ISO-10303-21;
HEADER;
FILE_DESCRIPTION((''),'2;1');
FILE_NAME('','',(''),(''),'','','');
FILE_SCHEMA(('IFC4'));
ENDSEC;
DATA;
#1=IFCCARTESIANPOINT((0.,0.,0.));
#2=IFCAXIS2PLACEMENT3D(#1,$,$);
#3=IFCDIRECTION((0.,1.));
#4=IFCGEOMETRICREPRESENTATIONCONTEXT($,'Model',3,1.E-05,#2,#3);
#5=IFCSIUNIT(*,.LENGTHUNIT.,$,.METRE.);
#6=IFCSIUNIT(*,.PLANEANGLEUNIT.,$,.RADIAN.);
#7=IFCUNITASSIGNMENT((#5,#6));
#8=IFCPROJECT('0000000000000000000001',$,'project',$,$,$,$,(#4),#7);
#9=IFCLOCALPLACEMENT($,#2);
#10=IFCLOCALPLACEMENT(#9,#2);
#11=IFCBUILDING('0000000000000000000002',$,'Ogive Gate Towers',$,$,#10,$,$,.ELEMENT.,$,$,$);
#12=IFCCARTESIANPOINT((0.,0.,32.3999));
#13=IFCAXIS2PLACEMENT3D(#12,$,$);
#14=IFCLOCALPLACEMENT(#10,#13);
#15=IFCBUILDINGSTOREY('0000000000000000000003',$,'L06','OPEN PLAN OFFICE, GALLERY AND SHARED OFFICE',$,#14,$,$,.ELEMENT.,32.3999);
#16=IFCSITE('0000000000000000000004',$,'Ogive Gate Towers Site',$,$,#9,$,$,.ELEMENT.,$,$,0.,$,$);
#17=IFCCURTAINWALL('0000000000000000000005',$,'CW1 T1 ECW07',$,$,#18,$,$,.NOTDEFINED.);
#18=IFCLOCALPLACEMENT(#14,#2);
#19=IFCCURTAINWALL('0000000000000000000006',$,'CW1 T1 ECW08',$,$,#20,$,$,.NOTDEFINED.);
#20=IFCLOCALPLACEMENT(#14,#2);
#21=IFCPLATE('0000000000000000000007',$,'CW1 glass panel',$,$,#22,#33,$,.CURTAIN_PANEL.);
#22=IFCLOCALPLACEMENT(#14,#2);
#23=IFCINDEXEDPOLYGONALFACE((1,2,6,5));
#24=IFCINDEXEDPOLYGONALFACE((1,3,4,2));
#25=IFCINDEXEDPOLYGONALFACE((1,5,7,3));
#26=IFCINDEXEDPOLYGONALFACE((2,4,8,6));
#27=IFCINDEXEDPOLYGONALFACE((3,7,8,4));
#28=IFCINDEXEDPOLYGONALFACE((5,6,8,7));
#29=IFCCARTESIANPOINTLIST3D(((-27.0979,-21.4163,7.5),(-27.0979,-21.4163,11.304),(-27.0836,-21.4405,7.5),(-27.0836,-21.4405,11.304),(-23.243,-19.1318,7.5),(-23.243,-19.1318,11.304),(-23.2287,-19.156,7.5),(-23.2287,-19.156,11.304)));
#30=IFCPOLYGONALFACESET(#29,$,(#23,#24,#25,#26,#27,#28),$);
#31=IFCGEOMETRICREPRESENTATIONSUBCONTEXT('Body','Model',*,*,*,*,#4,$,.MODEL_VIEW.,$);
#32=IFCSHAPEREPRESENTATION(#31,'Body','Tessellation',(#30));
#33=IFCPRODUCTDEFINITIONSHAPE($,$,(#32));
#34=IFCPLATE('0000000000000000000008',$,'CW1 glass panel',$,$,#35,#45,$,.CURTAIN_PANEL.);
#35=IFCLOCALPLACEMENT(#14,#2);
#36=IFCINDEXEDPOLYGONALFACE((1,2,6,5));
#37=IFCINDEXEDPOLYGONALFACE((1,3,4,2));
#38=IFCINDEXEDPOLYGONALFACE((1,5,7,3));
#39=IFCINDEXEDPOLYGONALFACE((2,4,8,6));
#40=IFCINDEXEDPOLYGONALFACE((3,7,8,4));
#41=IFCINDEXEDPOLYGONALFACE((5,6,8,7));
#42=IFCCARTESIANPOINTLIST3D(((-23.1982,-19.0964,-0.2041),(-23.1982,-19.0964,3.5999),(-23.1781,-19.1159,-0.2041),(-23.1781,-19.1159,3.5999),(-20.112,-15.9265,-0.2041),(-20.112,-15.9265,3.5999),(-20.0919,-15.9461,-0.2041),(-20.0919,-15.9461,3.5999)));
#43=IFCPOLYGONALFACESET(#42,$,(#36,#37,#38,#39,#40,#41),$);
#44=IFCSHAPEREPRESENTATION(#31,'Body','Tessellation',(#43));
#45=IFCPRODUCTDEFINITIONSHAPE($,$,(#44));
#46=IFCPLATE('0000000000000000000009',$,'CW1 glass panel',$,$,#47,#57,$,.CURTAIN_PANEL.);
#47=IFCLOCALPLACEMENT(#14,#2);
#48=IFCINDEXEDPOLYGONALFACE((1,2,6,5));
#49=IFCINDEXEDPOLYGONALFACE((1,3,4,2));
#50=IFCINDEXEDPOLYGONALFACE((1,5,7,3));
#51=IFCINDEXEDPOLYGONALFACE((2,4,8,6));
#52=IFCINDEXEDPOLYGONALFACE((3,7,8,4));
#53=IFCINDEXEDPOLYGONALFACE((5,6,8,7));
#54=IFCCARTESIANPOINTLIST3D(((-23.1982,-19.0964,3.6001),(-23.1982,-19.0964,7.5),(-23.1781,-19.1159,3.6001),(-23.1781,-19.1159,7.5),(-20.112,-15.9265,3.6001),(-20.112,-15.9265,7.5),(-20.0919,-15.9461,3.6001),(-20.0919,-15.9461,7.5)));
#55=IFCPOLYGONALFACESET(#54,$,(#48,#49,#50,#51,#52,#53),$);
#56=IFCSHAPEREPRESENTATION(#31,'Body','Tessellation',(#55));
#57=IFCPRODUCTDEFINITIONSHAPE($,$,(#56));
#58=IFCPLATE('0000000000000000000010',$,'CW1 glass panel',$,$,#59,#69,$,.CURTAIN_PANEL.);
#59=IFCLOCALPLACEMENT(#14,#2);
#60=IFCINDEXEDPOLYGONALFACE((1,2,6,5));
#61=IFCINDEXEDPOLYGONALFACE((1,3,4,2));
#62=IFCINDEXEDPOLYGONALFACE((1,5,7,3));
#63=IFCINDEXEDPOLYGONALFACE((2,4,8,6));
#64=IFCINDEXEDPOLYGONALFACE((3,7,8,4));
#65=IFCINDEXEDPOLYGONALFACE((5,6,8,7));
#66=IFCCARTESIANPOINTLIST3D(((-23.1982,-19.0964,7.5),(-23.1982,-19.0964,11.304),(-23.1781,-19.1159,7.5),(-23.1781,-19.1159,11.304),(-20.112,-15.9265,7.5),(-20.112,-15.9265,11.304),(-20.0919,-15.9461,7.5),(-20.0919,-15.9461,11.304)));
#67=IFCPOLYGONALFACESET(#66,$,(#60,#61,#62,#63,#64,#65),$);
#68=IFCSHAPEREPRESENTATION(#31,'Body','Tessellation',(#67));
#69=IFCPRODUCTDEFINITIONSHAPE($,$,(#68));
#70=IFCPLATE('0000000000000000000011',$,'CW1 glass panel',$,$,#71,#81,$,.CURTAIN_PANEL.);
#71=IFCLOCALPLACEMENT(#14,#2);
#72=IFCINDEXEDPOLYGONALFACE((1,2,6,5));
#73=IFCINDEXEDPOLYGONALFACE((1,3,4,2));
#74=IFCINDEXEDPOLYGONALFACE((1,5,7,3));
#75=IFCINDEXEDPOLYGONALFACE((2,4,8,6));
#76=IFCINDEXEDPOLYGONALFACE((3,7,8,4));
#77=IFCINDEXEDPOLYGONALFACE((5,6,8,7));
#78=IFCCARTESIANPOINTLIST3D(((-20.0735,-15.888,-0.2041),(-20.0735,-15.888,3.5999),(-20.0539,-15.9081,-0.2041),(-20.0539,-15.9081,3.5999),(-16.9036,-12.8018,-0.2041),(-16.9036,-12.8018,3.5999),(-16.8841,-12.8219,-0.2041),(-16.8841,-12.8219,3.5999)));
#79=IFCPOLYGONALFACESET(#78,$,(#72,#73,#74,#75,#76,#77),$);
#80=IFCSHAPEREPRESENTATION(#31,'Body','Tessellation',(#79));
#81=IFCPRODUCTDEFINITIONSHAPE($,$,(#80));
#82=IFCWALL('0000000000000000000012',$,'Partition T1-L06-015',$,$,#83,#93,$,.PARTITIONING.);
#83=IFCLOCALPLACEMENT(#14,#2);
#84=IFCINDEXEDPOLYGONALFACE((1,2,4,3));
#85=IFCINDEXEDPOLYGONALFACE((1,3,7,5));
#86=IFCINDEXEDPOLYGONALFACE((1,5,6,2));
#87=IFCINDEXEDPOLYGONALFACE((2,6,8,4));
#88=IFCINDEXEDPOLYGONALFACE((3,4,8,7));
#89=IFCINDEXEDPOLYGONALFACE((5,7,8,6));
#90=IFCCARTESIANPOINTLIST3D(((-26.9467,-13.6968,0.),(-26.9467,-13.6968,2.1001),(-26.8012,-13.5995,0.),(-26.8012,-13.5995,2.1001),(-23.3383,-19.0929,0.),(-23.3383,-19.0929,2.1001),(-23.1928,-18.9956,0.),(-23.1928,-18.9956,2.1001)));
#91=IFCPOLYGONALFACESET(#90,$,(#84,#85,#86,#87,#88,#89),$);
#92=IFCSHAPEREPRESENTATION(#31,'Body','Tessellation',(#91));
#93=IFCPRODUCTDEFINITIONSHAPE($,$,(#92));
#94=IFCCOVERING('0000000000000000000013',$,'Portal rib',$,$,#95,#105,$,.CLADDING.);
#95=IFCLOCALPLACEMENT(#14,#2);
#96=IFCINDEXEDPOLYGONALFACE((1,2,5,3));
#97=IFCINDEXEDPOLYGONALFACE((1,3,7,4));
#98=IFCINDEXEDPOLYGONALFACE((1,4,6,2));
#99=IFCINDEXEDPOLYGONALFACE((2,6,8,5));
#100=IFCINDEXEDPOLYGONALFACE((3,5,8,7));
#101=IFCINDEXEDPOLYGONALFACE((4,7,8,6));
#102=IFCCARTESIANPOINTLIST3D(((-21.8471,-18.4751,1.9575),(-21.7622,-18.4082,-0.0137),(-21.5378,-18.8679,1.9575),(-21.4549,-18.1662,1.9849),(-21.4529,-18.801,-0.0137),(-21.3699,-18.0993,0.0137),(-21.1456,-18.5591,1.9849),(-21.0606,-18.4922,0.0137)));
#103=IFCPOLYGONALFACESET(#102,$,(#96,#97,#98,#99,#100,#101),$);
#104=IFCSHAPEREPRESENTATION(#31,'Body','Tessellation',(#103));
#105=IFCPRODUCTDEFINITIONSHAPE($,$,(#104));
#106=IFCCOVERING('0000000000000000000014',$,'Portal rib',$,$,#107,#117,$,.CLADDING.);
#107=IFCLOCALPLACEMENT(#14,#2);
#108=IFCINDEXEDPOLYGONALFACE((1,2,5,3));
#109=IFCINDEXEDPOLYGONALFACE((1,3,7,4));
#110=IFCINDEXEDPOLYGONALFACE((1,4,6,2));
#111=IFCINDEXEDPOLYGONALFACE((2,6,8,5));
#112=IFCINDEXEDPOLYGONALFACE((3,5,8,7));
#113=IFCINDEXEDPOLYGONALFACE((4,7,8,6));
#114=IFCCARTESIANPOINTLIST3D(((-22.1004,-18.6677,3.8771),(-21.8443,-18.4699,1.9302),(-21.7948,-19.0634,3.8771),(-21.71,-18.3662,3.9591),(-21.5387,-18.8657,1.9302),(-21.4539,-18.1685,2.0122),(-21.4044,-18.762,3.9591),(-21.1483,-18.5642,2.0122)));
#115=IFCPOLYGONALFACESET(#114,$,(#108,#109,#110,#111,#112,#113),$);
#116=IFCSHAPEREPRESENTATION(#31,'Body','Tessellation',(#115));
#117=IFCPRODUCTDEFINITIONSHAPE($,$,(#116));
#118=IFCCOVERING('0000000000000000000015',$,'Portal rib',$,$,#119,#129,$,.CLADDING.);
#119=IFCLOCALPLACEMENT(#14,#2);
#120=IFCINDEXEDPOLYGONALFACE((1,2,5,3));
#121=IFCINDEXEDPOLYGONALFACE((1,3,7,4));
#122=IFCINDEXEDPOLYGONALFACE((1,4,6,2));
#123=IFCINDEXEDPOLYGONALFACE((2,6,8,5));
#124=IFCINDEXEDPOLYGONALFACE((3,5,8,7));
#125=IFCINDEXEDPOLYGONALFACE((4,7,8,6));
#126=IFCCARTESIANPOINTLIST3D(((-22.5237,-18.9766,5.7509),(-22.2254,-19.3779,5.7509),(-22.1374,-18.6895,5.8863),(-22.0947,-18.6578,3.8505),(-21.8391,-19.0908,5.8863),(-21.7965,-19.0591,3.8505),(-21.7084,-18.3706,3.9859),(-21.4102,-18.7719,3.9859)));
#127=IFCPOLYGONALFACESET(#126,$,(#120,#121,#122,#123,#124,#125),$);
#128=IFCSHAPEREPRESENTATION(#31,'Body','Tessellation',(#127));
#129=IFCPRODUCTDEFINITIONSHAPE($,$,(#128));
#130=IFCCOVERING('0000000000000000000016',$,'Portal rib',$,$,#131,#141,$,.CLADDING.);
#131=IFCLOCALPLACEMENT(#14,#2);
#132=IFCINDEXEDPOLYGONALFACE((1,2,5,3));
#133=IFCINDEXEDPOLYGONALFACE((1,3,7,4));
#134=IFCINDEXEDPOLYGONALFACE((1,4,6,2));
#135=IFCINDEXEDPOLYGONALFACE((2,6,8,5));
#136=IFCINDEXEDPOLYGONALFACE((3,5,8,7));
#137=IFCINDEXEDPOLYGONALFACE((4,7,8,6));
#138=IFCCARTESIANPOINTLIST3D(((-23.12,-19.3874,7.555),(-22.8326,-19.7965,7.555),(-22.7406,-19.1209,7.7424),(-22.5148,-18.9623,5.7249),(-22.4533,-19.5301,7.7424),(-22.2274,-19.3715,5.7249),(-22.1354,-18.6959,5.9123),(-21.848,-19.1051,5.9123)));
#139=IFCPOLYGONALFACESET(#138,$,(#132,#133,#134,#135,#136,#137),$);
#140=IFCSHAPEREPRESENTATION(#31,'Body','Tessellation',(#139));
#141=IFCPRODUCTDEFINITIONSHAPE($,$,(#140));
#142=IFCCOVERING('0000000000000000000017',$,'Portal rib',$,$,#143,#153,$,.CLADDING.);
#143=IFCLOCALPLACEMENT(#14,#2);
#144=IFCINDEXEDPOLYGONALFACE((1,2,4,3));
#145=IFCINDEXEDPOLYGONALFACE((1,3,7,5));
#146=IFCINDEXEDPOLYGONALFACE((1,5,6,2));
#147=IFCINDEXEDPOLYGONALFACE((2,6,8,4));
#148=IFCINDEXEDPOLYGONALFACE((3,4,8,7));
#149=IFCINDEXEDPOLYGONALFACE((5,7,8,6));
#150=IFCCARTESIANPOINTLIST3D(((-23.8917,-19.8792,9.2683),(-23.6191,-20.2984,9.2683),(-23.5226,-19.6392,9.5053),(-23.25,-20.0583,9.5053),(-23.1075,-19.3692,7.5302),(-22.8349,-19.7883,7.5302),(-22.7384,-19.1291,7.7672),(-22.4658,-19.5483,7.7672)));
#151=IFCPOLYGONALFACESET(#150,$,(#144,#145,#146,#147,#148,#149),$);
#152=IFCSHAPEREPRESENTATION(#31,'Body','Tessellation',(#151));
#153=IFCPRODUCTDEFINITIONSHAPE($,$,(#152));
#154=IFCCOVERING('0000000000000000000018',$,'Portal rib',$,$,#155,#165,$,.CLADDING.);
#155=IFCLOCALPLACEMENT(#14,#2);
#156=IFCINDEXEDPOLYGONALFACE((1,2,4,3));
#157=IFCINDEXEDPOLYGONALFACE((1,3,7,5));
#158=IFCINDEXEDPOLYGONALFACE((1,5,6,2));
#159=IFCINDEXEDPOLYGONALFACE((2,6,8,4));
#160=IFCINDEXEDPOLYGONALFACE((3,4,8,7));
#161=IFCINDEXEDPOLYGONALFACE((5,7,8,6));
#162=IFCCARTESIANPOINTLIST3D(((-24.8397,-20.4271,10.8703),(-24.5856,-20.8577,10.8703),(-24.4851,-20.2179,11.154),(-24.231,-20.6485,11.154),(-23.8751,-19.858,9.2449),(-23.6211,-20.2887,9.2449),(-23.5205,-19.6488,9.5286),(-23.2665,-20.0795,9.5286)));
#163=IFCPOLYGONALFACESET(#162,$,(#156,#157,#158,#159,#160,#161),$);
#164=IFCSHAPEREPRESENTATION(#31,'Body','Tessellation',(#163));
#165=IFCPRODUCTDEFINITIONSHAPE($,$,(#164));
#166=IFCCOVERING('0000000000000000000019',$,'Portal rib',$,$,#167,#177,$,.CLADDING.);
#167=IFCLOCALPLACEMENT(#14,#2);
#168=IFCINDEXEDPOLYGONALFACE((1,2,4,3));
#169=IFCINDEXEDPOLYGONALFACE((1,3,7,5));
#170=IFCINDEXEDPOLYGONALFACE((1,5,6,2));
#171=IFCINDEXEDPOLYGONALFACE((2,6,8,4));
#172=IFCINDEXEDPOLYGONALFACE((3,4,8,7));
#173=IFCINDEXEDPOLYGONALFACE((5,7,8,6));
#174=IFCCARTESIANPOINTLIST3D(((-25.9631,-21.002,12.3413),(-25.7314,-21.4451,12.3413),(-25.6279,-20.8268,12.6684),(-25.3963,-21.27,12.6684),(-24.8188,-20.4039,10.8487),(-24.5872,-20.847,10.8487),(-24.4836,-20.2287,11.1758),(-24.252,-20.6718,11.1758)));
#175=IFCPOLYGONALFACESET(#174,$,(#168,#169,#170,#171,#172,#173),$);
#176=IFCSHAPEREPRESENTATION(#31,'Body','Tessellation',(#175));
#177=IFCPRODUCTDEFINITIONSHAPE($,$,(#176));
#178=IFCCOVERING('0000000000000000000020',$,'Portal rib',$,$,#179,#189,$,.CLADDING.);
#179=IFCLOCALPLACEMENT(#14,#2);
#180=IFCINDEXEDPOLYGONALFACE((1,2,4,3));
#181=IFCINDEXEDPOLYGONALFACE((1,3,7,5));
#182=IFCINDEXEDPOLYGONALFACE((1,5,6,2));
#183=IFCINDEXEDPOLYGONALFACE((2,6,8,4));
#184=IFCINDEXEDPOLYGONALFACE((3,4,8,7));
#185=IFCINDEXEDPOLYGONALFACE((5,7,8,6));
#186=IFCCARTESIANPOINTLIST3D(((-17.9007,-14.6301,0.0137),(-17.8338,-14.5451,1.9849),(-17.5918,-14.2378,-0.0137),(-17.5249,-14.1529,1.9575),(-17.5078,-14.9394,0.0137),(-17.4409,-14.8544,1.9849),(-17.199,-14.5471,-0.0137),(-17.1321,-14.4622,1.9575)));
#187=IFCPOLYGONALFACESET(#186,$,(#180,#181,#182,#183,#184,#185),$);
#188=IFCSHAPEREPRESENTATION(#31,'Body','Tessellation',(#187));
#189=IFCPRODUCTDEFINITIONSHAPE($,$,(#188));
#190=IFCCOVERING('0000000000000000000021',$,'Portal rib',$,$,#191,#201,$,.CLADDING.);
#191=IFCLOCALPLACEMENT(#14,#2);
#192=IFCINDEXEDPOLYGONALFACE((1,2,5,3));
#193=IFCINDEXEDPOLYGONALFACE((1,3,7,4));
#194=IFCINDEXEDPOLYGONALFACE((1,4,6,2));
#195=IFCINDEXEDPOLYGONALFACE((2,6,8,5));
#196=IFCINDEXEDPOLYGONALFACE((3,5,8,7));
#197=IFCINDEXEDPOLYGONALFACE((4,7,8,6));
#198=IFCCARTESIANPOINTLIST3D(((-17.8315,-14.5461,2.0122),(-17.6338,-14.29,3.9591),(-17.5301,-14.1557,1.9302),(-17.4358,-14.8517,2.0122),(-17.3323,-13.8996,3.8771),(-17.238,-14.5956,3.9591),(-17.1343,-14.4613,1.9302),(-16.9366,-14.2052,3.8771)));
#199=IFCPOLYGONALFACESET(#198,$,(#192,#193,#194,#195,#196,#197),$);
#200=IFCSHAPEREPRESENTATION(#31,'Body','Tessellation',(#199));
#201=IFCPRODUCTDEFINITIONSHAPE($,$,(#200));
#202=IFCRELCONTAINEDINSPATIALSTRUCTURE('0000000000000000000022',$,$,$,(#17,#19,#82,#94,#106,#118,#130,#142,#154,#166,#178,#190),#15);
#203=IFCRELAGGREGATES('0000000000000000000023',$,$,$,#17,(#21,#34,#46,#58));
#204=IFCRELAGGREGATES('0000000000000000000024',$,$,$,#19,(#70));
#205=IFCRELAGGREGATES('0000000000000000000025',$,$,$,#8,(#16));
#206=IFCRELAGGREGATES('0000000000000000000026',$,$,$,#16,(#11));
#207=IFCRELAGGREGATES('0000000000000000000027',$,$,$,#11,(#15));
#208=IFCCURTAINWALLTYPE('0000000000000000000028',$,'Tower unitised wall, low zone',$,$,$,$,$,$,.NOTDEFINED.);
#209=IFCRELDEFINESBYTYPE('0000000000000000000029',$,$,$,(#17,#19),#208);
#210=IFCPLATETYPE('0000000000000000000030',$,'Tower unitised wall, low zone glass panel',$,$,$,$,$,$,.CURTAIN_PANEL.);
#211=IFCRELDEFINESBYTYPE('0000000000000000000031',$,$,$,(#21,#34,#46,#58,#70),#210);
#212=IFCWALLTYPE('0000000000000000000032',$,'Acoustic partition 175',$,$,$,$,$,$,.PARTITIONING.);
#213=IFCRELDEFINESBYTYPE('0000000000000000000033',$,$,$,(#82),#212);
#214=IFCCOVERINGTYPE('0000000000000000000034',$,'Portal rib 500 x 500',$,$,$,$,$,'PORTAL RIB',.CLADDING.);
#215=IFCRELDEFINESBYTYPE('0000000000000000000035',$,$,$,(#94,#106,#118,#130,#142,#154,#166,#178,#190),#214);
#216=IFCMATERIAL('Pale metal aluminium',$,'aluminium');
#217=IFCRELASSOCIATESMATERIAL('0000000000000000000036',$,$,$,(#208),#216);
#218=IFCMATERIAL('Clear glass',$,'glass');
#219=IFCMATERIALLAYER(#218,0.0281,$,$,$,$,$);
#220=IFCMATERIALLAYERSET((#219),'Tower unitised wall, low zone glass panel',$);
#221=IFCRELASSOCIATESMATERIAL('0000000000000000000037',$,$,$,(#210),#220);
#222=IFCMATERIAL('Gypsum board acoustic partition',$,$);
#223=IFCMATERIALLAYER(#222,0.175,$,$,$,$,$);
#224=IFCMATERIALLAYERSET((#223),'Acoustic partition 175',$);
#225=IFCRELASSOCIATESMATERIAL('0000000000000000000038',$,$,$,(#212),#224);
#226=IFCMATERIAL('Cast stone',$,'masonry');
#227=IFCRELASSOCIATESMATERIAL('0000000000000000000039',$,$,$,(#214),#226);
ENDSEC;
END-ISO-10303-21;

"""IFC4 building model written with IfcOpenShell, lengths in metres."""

from ifc_helpers import new_model, si_unit, direction, frame, frame_2d, origin, origin_2d, place, context, subcontext, project, spatial, rectangle, extrude, material, layer, layer_set, material_profile, profile_set, type_object, element, aggregate, save


model = new_model("IFC4")

# Units and contexts
model_context = context("Model", 3, precision=1e-05, world=origin(), true_north=direction((0.0, 1.0)))
body_context = subcontext(model_context, "Body", "Model", "MODEL_VIEW")
ifc_project = project(units=[si_unit("LENGTHUNIT", "METRE"), si_unit("PLANEANGLEUNIT", "RADIAN")], contexts=[model_context])

# Site, building, storey
site_placement = place(None, origin())
site = spatial("IfcSite", under=ifc_project, at=site_placement, Name="Ogive Gate Towers Site", CompositionType="ELEMENT", RefElevation=0.0)
building_placement = place(site_placement, origin())
building = spatial("IfcBuilding", under=site, at=building_placement, Name="Ogive Gate Towers", CompositionType="ELEMENT")
storey_placement = place(building_placement, frame((0.0, 0.0, 32.3999)))
storey = spatial("IfcBuildingStorey", under=building, at=storey_placement, Name="L06", Description="OPEN PLAN OFFICE, GALLERY AND SHARED OFFICE", CompositionType="ELEMENT", Elevation=32.3999)

# Curtain walls
ifc_material_1 = material(Name="Pale metal aluminium", Category="aluminium")
curtain_wall_type = type_object("IfcCurtainWallType", Name="Tower unitised wall, low zone", PredefinedType="NOTDEFINED", material=ifc_material_1)
curtain_wall_1_placement = place(storey_placement, origin())
curtain_wall_1 = element("IfcCurtainWall", 1, at=curtain_wall_1_placement, inside=storey, type_object=curtain_wall_type, Name="CW1 T1 ECW07", PredefinedType="NOTDEFINED")
curtain_wall_2_placement = place(storey_placement, origin())
curtain_wall_2 = element("IfcCurtainWall", 2, at=curtain_wall_2_placement, inside=storey, type_object=curtain_wall_type, Name="CW1 T1 ECW08", PredefinedType="NOTDEFINED")

# Plates
ifc_material_2 = material(Name="Clear glass", Category="glass")
ifc_layer_1 = layer(ifc_material_2, 0.0281)
ifc_layer_set_1 = layer_set([ifc_layer_1], Name="Tower unitised wall, low zone glass panel")
plate_type = type_object("IfcPlateType", Name="Tower unitised wall, low zone glass panel", PredefinedType="CURTAIN_PANEL", material=ifc_layer_set_1)
plate_1_placement = place(storey_placement, frame((-25.1633, -20.2861, 7.5), z_axis=(0.0, 0.0, 1.0), x_axis=(0.86028, 0.509822, 0.0)))
plate_1 = element("IfcPlate", 3, at=plate_1_placement, type_object=plate_type, Name="CW1 glass panel", PredefinedType="CURTAIN_PANEL", context=body_context, shape_type="SweptSolid", body=[
    extrude(rectangle(XDim=4.481, YDim=0.0281, at=origin_2d()), origin(), (0.0, 0.0, 1.0), 3.804),
])
plate_2_placement = place(storey_placement, frame((-21.645, -17.5212, -0.2041), z_axis=(0.0, 0.0, 1.0), x_axis=(0.69759, 0.716497, 0.0)))
plate_2 = element("IfcPlate", 4, at=plate_2_placement, type_object=plate_type, Name="CW1 glass panel", PredefinedType="CURTAIN_PANEL", context=body_context, shape_type="SweptSolid", body=[
    extrude(rectangle(XDim=4.4241, YDim=0.0281, at=origin_2d()), origin(), (0.0, 0.0, 1.0), 3.804),
])
plate_3_placement = place(storey_placement, frame((-21.645, -17.5212, 3.6001), z_axis=(0.0, 0.0, 1.0), x_axis=(0.69759, 0.716497, 0.0)))
plate_3 = element("IfcPlate", 5, at=plate_3_placement, type_object=plate_type, Name="CW1 glass panel", PredefinedType="CURTAIN_PANEL", context=body_context, shape_type="SweptSolid", body=[
    extrude(rectangle(XDim=4.4241, YDim=0.0281, at=origin_2d()), origin(), (0.0, 0.0, 1.0), 3.8999),
])
plate_4_placement = place(storey_placement, frame((-21.645, -17.5212, 7.5), z_axis=(0.0, 0.0, 1.0), x_axis=(0.69759, 0.716497, 0.0)))
plate_4 = element("IfcPlate", 6, at=plate_4_placement, type_object=plate_type, Name="CW1 glass panel", PredefinedType="CURTAIN_PANEL", context=body_context, shape_type="SweptSolid", body=[
    extrude(rectangle(XDim=4.4241, YDim=0.0281, at=origin_2d()), origin(), (0.0, 0.0, 1.0), 3.804),
])
aggregate(curtain_wall_1, [plate_1, plate_2, plate_3, plate_4])
plate_5_placement = place(storey_placement, frame((-18.4788, -14.355, -0.2041), z_axis=(0.0, 0.0, 1.0), x_axis=(0.716497, 0.69759, 0.0)))
plate_5 = element("IfcPlate", 7, at=plate_5_placement, type_object=plate_type, Name="CW1 glass panel", PredefinedType="CURTAIN_PANEL", context=body_context, shape_type="SweptSolid", body=[
    extrude(rectangle(XDim=4.4241, YDim=0.0281, at=origin_2d()), origin(), (0.0, 0.0, 1.0), 3.804),
])
aggregate(curtain_wall_2, [plate_5])

# Wall
ifc_material_3 = material(Name="Gypsum board acoustic partition")
ifc_layer_2 = layer(ifc_material_3, 0.175)
ifc_layer_set_2 = layer_set([ifc_layer_2], Name="Acoustic partition 175")
wall_type = type_object("IfcWallType", Name="Acoustic partition 175", PredefinedType="PARTITIONING", material=ifc_layer_set_2)
wall_placement = place(storey_placement, frame((-23.2656, -19.0442, 0.0), z_axis=(0.0, 0.0, 1.0), x_axis=(-0.555863, 0.831274, 0.0)))
element("IfcWall", 8, at=wall_placement, inside=storey, type_object=wall_type, Name="Partition T1-L06-015", PredefinedType="PARTITIONING", context=body_context, shape_type="SweptSolid", body=[
    extrude(rectangle(XDim=6.4915, YDim=0.175, at=frame_2d((3.2456, 0.0))), origin(), (0.0, 0.0, 1.0), 2.1001),
])

# Coverings
ifc_material_4 = material(Name="Cast stone", Category="masonry")
ifc_material_profile_1 = material_profile(ifc_material_4, rectangle(XDim=0.5, YDim=0.5, at=origin_2d()), Name="500 x 500 cast stone")
ifc_profile_set_1 = profile_set([ifc_material_profile_1], Name="Cast stone")
covering_type = type_object("IfcCoveringType", Name="Portal rib 500 x 500", ElementType="PORTAL RIB", PredefinedType="CLADDING", material=ifc_profile_set_1)
covering_1_placement = place(storey_placement, frame((-21.4114, -18.4502, 0.0), z_axis=(-0.043037, -0.033885, 0.998499), x_axis=(0.618619, -0.785691, 0.0)))
element("IfcCovering", 9, at=covering_1_placement, inside=storey, type_object=covering_type, Name="Portal rib", PredefinedType="CLADDING", context=body_context, shape_type="SweptSolid", body=[
    extrude(rectangle(XDim=0.5, YDim=0.5, at=origin_2d()), origin(), (0.0, 0.0, 1.0), 1.9741),
])
covering_2_placement = place(storey_placement, frame((-21.4963, -18.5171, 1.9712), z_axis=(-0.129756, -0.100193, 0.986471), x_axis=(0.611168, -0.791501, 0.0)))
element("IfcCovering", 10, at=covering_2_placement, inside=storey, type_object=covering_type, Name="Portal rib", PredefinedType="CLADDING", context=body_context, shape_type="SweptSolid", body=[
    extrude(rectangle(XDim=0.5, YDim=0.5, at=origin_2d()), origin(), (0.0, 0.0, 1.0), 1.9736),
])
covering_3_placement = place(storey_placement, frame((-21.7524, -18.7148, 3.9182), z_axis=(-0.217289, -0.161514, 0.962652), x_axis=(0.596559, -0.802569, 0.0)))
element("IfcCovering", 11, at=covering_3_placement, inside=storey, type_object=covering_type, Name="Portal rib", PredefinedType="CLADDING", context=body_context, shape_type="SweptSolid", body=[
    extrude(rectangle(XDim=0.5, YDim=0.5, at=origin_2d()), origin(), (0.0, 0.0, 1.0), 1.9741),
])
for number, where, z_axis, x_axis, name in (
    (12, (-22.1814, -19.0337, 5.8186), (-0.306619, -0.215338, 0.927154), (0.574725, -0.818347, 0.0), "Portal rib"),
    (13, (-22.7866, -19.4587, 7.6487), (-0.397298, -0.258392, 0.880561), (0.545208, -0.8383, 0.0), "Portal rib"),
    (14, (-23.5708, -19.9688, 9.3867), (-0.488661, -0.288299, 0.823464), (0.508134, -0.861278, 0.0), "Portal rib"),
):
    element("IfcCovering", number, at=place(storey_placement, frame(where, z_axis=z_axis, x_axis=x_axis)), inside=storey, type_object=covering_type, Name=name, PredefinedType="CLADDING", context=body_context, shape_type="SweptSolid", body=[
        extrude(rectangle(XDim=0.5, YDim=0.5, at=origin_2d()), origin(), (0.0, 0.0, 1.0), 1.9739),
    ])
covering_4_placement = place(storey_placement, frame((-24.5354, -20.5378, 11.0122), z_axis=(-0.579785, -0.303067, 0.756306), x_axis=(0.463251, -0.886227, 0.0)))
element("IfcCovering", 15, at=covering_4_placement, inside=storey, type_object=covering_type, Name="Portal rib", PredefinedType="CLADDING", context=body_context, shape_type="SweptSolid", body=[
    extrude(rectangle(XDim=0.5, YDim=0.5, at=origin_2d()), origin(), (0.0, 0.0, 1.0), 1.9736),
])
covering_5_placement = place(storey_placement, frame((-17.5498, -14.5886, 0.0), z_axis=(0.033885, 0.043037, 0.998499), x_axis=(-0.785691, 0.618619, 0.0)))
element("IfcCovering", 16, at=covering_5_placement, inside=storey, type_object=covering_type, Name="Portal rib", PredefinedType="CLADDING", context=body_context, shape_type="SweptSolid", body=[
    extrude(rectangle(XDim=0.5, YDim=0.5, at=origin_2d()), origin(), (0.0, 0.0, 1.0), 1.9741),
])
covering_6_placement = place(storey_placement, frame((-17.4829, -14.5037, 1.9712), z_axis=(0.100193, 0.129756, 0.986471), x_axis=(-0.791501, 0.611168, 0.0)))
element("IfcCovering", 17, at=covering_6_placement, inside=storey, type_object=covering_type, Name="Portal rib", PredefinedType="CLADDING", context=body_context, shape_type="SweptSolid", body=[
    extrude(rectangle(XDim=0.5, YDim=0.5, at=origin_2d()), origin(), (0.0, 0.0, 1.0), 1.9736),
])

save(model, "model.ifc")
